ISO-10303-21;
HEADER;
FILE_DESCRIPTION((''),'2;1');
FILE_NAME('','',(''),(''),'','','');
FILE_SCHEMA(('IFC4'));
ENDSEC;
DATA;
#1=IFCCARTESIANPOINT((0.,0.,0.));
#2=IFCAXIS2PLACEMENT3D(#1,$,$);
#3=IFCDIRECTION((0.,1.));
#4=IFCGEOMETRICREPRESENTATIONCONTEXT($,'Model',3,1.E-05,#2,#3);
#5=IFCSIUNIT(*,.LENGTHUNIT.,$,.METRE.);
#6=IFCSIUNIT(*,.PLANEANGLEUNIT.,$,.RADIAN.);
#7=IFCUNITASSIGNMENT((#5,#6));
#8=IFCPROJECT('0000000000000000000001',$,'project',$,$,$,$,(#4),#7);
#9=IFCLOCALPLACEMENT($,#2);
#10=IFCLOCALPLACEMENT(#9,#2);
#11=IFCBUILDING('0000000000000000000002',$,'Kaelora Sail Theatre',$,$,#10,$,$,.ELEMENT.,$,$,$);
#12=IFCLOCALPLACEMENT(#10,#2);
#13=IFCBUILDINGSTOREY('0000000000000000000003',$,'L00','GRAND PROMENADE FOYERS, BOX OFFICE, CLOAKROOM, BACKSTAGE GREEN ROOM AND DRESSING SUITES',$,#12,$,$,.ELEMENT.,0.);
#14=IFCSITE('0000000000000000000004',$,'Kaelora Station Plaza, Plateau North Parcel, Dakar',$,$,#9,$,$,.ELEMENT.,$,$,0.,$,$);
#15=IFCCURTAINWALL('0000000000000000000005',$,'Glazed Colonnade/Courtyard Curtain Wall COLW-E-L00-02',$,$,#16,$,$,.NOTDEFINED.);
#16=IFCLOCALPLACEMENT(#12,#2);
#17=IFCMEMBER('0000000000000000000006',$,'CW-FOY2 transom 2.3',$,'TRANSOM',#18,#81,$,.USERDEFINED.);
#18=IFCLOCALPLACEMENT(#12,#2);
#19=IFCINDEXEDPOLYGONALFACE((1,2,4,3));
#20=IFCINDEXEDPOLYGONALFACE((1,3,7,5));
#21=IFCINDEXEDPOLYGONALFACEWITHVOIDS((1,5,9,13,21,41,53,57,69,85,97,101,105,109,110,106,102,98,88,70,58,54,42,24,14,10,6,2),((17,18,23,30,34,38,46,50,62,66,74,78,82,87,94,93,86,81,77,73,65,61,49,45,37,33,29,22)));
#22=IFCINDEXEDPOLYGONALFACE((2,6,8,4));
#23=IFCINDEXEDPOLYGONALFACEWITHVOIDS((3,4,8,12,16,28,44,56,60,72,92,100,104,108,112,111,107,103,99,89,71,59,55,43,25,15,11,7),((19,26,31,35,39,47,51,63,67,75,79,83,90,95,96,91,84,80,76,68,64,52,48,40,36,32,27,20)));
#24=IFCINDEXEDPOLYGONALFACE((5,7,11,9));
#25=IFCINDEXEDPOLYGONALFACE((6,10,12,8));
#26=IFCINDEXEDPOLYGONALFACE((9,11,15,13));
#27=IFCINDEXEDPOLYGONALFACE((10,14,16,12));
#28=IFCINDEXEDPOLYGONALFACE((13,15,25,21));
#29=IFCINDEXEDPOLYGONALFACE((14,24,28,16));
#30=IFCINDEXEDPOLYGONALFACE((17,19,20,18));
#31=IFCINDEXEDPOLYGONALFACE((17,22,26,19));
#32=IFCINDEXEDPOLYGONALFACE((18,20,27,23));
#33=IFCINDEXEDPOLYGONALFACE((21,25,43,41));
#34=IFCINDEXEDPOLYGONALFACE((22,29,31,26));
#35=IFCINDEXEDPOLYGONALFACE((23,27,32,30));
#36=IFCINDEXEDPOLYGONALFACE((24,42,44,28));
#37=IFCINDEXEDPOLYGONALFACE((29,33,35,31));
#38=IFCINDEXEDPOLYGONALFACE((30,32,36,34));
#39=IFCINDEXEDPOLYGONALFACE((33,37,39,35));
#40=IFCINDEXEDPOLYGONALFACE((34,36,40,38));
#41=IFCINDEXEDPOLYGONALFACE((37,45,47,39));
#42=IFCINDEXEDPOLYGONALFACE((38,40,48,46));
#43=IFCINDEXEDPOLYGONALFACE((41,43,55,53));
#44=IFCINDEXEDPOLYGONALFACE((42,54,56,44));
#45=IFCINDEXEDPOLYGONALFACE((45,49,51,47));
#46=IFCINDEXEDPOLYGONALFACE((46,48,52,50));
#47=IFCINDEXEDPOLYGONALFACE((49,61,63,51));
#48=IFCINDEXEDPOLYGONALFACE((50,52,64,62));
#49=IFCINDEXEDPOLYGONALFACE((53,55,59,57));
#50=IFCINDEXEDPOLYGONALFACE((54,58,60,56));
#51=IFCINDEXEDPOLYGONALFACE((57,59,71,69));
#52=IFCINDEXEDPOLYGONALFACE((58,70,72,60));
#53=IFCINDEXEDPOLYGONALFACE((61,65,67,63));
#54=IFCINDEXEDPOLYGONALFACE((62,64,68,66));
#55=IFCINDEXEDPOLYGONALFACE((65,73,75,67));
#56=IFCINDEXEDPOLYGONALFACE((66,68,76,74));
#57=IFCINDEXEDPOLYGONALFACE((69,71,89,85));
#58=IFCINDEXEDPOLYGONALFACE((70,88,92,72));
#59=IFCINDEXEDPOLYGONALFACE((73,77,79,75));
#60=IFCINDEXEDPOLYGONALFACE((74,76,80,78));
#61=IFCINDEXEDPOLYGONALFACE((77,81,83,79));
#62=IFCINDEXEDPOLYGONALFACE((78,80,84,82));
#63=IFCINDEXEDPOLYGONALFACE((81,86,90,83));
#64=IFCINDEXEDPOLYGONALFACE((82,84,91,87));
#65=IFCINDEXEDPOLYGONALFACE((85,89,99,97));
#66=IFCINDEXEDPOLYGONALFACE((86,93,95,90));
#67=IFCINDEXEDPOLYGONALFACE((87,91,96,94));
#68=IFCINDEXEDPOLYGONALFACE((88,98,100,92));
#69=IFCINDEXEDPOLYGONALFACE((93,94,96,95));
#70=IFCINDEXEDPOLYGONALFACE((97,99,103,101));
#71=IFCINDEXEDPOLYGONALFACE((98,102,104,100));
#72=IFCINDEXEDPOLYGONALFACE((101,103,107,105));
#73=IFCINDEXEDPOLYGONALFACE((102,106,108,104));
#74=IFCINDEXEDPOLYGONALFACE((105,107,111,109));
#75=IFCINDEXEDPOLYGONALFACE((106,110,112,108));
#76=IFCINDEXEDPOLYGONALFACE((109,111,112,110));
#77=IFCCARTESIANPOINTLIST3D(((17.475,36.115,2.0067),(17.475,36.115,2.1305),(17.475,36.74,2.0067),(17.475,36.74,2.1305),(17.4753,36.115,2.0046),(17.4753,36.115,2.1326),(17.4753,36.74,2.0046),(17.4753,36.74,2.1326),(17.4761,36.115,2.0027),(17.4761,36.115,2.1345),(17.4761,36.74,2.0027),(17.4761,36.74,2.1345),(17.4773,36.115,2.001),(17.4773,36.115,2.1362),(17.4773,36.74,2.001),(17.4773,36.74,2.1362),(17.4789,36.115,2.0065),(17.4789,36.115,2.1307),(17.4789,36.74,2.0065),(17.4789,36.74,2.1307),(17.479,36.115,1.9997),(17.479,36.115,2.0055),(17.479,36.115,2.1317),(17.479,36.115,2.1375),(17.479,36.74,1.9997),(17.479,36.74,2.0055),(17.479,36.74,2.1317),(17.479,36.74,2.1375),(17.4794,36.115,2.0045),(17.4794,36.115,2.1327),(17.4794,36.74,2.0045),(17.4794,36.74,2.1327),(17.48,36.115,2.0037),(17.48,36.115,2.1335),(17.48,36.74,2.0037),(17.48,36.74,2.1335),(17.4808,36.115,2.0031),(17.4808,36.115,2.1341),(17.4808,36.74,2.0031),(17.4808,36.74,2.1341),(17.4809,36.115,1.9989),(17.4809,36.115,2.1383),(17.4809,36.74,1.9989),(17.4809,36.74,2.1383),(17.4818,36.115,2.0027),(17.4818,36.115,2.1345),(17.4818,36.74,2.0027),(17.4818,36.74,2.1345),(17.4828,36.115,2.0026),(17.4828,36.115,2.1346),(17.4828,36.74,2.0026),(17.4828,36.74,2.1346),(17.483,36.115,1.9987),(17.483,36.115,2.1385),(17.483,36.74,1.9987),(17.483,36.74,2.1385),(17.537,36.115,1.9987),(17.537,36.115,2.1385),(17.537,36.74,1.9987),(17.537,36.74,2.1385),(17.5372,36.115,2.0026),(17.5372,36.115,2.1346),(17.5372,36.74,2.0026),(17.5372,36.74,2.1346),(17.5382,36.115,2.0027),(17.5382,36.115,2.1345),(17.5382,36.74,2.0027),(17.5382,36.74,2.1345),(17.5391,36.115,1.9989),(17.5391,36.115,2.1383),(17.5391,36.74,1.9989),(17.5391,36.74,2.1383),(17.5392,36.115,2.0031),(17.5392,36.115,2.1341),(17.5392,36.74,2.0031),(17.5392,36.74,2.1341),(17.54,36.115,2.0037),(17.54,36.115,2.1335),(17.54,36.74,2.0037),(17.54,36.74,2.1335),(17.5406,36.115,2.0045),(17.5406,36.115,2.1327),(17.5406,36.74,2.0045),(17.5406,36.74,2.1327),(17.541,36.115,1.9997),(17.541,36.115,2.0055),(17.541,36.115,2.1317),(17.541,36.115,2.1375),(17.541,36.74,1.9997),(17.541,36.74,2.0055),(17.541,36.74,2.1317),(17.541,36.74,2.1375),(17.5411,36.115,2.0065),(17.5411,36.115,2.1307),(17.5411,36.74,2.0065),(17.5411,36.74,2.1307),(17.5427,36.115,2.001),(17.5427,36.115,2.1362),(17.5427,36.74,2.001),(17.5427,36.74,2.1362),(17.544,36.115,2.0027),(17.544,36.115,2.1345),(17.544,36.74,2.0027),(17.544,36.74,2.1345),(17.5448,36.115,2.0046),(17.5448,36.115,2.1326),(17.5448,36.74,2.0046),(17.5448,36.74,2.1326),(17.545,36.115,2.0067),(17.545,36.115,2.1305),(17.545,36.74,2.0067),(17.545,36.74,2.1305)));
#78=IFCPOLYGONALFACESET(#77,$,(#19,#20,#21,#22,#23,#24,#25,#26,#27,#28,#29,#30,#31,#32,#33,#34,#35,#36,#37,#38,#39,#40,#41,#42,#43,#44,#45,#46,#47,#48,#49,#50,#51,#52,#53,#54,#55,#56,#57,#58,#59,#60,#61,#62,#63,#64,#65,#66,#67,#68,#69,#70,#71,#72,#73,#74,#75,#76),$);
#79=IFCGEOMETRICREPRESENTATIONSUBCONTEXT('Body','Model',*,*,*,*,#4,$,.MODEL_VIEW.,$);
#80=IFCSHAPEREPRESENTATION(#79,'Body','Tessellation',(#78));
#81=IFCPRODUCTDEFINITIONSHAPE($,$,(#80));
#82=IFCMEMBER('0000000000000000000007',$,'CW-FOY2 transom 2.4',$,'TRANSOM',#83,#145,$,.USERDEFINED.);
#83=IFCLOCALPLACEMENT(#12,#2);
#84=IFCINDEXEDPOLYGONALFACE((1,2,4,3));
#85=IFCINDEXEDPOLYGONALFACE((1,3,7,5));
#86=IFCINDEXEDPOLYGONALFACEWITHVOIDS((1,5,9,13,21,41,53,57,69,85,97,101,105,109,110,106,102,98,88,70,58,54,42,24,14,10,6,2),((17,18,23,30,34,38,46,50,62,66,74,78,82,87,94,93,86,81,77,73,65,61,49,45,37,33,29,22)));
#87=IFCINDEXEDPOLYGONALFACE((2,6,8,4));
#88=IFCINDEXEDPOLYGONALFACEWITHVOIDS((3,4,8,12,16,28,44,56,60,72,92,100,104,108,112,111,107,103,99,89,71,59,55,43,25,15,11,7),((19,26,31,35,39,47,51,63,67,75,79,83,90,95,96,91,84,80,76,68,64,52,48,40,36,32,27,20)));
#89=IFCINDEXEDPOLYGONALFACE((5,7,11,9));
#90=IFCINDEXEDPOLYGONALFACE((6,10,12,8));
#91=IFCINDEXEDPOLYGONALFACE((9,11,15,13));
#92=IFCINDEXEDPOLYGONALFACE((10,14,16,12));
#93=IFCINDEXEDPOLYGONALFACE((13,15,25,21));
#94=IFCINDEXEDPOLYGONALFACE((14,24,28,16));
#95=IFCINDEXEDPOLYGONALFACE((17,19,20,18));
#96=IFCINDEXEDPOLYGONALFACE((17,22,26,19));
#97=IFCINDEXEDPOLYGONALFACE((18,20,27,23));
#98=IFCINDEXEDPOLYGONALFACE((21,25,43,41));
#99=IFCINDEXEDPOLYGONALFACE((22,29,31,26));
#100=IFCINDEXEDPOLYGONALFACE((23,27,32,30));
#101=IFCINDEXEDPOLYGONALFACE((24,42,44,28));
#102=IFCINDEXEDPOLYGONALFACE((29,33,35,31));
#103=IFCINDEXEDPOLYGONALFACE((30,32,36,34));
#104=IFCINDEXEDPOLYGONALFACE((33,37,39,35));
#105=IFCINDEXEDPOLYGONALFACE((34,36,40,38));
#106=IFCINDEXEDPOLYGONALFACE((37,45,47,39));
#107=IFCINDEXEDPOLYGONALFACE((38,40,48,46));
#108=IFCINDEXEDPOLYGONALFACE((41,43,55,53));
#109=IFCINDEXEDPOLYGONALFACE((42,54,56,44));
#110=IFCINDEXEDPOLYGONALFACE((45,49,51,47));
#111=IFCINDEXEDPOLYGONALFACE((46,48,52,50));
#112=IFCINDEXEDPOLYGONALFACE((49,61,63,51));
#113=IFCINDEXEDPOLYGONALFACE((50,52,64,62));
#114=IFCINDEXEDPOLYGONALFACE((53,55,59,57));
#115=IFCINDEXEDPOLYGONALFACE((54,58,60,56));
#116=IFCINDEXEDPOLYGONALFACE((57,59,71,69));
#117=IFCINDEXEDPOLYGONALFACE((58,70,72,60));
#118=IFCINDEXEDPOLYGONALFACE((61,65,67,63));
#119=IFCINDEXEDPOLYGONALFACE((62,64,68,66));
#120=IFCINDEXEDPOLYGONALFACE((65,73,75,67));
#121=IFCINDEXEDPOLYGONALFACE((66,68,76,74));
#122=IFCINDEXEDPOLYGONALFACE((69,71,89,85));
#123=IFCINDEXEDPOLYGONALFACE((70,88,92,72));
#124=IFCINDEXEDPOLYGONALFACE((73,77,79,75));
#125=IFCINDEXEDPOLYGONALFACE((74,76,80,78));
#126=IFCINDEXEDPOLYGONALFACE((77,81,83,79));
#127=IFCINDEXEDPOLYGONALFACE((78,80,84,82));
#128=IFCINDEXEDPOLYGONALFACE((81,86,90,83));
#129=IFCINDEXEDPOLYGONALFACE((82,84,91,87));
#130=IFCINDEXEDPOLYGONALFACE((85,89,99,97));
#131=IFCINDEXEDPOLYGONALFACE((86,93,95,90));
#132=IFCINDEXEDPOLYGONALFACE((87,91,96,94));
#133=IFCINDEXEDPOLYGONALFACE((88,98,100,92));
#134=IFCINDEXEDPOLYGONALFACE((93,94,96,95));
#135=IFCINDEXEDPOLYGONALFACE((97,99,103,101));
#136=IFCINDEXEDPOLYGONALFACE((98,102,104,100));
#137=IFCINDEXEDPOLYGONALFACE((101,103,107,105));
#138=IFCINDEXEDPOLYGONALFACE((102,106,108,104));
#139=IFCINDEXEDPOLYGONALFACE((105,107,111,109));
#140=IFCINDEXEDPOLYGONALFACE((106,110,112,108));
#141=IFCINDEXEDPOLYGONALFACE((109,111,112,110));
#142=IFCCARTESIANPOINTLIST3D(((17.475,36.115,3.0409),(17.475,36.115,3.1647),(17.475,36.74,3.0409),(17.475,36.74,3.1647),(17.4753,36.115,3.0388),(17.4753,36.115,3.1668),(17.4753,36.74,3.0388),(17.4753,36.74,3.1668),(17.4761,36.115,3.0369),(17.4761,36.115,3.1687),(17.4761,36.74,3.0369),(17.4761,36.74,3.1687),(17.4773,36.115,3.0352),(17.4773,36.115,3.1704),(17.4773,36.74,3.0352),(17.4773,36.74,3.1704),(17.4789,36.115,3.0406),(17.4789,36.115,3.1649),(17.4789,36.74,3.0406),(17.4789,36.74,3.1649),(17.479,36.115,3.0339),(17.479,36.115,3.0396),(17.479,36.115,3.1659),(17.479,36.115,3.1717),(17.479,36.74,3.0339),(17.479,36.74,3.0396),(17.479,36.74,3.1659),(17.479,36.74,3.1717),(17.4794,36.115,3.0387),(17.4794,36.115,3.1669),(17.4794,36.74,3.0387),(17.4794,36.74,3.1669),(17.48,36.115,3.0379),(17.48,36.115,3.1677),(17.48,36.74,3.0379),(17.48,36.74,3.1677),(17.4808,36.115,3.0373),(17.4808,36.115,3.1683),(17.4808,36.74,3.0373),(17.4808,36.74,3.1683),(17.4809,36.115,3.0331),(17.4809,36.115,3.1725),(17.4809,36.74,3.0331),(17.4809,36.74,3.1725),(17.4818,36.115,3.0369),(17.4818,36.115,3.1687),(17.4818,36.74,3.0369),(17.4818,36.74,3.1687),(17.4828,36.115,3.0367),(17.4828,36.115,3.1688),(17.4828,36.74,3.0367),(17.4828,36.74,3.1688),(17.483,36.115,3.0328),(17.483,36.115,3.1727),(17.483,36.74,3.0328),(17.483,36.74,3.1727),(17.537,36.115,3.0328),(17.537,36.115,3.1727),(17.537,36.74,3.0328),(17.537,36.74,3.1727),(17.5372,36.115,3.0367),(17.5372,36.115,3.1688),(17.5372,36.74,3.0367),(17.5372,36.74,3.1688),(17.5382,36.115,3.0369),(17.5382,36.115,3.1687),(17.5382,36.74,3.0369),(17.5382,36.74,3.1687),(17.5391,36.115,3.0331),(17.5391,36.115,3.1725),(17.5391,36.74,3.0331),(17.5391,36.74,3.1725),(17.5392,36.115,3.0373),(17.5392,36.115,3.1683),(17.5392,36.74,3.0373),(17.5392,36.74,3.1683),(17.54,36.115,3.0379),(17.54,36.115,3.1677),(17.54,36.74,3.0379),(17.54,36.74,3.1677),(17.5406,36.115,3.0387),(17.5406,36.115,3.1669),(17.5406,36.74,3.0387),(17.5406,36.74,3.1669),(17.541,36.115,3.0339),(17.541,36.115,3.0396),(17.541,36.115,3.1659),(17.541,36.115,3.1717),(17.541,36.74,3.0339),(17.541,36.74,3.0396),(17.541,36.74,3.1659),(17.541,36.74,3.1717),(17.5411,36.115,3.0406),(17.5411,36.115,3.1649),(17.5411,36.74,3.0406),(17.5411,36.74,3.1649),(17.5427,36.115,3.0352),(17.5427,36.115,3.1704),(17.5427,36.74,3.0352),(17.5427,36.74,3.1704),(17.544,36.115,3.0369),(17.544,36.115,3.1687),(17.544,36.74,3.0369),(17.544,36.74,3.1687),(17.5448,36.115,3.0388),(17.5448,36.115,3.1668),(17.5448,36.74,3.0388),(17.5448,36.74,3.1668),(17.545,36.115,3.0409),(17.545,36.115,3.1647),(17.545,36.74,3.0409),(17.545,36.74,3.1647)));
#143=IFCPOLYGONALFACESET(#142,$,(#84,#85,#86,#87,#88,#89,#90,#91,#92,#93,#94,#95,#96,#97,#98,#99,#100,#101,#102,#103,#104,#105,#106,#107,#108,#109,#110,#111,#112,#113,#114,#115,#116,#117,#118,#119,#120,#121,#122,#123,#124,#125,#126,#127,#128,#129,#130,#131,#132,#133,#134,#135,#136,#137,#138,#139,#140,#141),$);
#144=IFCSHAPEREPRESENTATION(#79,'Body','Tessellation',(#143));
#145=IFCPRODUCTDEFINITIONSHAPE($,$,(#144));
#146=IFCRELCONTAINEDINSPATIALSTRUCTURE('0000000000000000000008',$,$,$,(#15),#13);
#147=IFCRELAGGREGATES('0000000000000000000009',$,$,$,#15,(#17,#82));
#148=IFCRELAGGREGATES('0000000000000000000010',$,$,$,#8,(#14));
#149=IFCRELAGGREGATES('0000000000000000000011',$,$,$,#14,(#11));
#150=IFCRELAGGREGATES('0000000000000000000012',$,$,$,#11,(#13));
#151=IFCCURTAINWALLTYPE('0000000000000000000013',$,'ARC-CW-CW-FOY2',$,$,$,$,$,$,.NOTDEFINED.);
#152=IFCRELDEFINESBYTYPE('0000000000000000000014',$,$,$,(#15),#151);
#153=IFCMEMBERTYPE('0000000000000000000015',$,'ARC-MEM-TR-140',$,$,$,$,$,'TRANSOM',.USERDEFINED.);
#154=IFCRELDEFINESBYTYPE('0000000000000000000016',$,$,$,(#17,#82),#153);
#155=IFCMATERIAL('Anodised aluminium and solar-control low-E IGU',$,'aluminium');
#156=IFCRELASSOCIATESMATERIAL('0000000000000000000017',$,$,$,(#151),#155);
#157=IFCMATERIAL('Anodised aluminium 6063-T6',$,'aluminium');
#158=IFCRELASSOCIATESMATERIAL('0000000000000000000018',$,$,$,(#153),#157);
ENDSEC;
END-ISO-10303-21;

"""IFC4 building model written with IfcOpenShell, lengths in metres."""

from ifc_helpers import new_model, si_unit, direction, frame, origin, origin_2d, place, context, subcontext, project, spatial, hollow_rectangle, extrude, material, material_profile, profile_set, type_object, element, aggregate, save


model = new_model("IFC4")

# Units and contexts
model_context = context("Model", 3, precision=1e-05, world=origin(), true_north=direction((0.0, 1.0)))
body_context = subcontext(model_context, "Body", "Model", "MODEL_VIEW")
ifc_project = project(units=[si_unit("LENGTHUNIT", "METRE"), si_unit("PLANEANGLEUNIT", "RADIAN")], contexts=[model_context])

# Site, building, storey
site_placement = place(None, origin())
site = spatial("IfcSite", under=ifc_project, at=site_placement, Name="Kaelora Station Plaza, Plateau North Parcel, Dakar", CompositionType="ELEMENT", RefElevation=0.0)
building_placement = place(site_placement, origin())
building = spatial("IfcBuilding", under=site, at=building_placement, Name="Kaelora Sail Theatre", CompositionType="ELEMENT")
storey_placement = place(building_placement, origin())
storey = spatial("IfcBuildingStorey", under=building, at=storey_placement, Name="L00", Description="GRAND PROMENADE FOYERS, BOX OFFICE, CLOAKROOM, BACKSTAGE GREEN ROOM AND DRESSING SUITES", CompositionType="ELEMENT", Elevation=0.0)

# Curtain wall, members
ifc_material_1 = material(Name="Anodised aluminium and solar-control low-E IGU", Category="aluminium")
curtain_wall_type = type_object("IfcCurtainWallType", Name="ARC-CW-CW-FOY2", PredefinedType="NOTDEFINED", material=ifc_material_1)
ifc_material_2 = material(Name="Anodised aluminium 6063-T6", Category="aluminium")
ifc_material_profile = material_profile(ifc_material_2, hollow_rectangle(XDim=0.0701, YDim=0.1399, WallThickness=0.0039, InnerFilletRadius=0.0039, OuterFilletRadius=0.0081, at=origin_2d()), Name="ALU-TRAN 70x140x4")
ifc_profile_set = profile_set([ifc_material_profile], Name="Anodised aluminium 6063-T6")
member_type = type_object("IfcMemberType", Name="ARC-MEM-TR-140", ElementType="TRANSOM", PredefinedType="USERDEFINED", material=ifc_profile_set)
curtain_wall_1_placement = place(storey_placement, origin())
curtain_wall_1 = element("IfcCurtainWall", 1, at=curtain_wall_1_placement, inside=storey, type_object=curtain_wall_type, Name="Glazed Colonnade/Courtyard Curtain Wall COLW-E-L00-02", PredefinedType="NOTDEFINED")
member_1_placement = place(storey_placement, frame((17.51, 36.115, 2.0686), z_axis=(0.0, 1.0, 0.0), x_axis=(-1.0, 0.0, 0.0)))
member_1 = element("IfcMember", 2, at=member_1_placement, type_object=member_type, Name="CW-FOY2 transom 2.3", ObjectType="TRANSOM", PredefinedType="USERDEFINED", context=body_context, shape_type="SweptSolid", body=[
    extrude(hollow_rectangle(XDim=0.0701, YDim=0.1399, WallThickness=0.0039, InnerFilletRadius=0.0039, OuterFilletRadius=0.0081, at=origin_2d()), origin(), (0.0, 0.0, 1.0), 0.625),
])
member_2_placement = place(storey_placement, frame((17.51, 36.115, 3.1028), z_axis=(0.0, 1.0, 0.0), x_axis=(-1.0, 0.0, 0.0)))
member_2 = element("IfcMember", 3, at=member_2_placement, type_object=member_type, Name="CW-FOY2 transom 2.4", ObjectType="TRANSOM", PredefinedType="USERDEFINED", context=body_context, shape_type="SweptSolid", body=[
    extrude(hollow_rectangle(XDim=0.0701, YDim=0.1399, WallThickness=0.0039, InnerFilletRadius=0.0039, OuterFilletRadius=0.0081, at=origin_2d()), origin(), (0.0, 0.0, 1.0), 0.625),
])

aggregate(curtain_wall_1, [member_1, member_2])

save(model, "model.ifc")
